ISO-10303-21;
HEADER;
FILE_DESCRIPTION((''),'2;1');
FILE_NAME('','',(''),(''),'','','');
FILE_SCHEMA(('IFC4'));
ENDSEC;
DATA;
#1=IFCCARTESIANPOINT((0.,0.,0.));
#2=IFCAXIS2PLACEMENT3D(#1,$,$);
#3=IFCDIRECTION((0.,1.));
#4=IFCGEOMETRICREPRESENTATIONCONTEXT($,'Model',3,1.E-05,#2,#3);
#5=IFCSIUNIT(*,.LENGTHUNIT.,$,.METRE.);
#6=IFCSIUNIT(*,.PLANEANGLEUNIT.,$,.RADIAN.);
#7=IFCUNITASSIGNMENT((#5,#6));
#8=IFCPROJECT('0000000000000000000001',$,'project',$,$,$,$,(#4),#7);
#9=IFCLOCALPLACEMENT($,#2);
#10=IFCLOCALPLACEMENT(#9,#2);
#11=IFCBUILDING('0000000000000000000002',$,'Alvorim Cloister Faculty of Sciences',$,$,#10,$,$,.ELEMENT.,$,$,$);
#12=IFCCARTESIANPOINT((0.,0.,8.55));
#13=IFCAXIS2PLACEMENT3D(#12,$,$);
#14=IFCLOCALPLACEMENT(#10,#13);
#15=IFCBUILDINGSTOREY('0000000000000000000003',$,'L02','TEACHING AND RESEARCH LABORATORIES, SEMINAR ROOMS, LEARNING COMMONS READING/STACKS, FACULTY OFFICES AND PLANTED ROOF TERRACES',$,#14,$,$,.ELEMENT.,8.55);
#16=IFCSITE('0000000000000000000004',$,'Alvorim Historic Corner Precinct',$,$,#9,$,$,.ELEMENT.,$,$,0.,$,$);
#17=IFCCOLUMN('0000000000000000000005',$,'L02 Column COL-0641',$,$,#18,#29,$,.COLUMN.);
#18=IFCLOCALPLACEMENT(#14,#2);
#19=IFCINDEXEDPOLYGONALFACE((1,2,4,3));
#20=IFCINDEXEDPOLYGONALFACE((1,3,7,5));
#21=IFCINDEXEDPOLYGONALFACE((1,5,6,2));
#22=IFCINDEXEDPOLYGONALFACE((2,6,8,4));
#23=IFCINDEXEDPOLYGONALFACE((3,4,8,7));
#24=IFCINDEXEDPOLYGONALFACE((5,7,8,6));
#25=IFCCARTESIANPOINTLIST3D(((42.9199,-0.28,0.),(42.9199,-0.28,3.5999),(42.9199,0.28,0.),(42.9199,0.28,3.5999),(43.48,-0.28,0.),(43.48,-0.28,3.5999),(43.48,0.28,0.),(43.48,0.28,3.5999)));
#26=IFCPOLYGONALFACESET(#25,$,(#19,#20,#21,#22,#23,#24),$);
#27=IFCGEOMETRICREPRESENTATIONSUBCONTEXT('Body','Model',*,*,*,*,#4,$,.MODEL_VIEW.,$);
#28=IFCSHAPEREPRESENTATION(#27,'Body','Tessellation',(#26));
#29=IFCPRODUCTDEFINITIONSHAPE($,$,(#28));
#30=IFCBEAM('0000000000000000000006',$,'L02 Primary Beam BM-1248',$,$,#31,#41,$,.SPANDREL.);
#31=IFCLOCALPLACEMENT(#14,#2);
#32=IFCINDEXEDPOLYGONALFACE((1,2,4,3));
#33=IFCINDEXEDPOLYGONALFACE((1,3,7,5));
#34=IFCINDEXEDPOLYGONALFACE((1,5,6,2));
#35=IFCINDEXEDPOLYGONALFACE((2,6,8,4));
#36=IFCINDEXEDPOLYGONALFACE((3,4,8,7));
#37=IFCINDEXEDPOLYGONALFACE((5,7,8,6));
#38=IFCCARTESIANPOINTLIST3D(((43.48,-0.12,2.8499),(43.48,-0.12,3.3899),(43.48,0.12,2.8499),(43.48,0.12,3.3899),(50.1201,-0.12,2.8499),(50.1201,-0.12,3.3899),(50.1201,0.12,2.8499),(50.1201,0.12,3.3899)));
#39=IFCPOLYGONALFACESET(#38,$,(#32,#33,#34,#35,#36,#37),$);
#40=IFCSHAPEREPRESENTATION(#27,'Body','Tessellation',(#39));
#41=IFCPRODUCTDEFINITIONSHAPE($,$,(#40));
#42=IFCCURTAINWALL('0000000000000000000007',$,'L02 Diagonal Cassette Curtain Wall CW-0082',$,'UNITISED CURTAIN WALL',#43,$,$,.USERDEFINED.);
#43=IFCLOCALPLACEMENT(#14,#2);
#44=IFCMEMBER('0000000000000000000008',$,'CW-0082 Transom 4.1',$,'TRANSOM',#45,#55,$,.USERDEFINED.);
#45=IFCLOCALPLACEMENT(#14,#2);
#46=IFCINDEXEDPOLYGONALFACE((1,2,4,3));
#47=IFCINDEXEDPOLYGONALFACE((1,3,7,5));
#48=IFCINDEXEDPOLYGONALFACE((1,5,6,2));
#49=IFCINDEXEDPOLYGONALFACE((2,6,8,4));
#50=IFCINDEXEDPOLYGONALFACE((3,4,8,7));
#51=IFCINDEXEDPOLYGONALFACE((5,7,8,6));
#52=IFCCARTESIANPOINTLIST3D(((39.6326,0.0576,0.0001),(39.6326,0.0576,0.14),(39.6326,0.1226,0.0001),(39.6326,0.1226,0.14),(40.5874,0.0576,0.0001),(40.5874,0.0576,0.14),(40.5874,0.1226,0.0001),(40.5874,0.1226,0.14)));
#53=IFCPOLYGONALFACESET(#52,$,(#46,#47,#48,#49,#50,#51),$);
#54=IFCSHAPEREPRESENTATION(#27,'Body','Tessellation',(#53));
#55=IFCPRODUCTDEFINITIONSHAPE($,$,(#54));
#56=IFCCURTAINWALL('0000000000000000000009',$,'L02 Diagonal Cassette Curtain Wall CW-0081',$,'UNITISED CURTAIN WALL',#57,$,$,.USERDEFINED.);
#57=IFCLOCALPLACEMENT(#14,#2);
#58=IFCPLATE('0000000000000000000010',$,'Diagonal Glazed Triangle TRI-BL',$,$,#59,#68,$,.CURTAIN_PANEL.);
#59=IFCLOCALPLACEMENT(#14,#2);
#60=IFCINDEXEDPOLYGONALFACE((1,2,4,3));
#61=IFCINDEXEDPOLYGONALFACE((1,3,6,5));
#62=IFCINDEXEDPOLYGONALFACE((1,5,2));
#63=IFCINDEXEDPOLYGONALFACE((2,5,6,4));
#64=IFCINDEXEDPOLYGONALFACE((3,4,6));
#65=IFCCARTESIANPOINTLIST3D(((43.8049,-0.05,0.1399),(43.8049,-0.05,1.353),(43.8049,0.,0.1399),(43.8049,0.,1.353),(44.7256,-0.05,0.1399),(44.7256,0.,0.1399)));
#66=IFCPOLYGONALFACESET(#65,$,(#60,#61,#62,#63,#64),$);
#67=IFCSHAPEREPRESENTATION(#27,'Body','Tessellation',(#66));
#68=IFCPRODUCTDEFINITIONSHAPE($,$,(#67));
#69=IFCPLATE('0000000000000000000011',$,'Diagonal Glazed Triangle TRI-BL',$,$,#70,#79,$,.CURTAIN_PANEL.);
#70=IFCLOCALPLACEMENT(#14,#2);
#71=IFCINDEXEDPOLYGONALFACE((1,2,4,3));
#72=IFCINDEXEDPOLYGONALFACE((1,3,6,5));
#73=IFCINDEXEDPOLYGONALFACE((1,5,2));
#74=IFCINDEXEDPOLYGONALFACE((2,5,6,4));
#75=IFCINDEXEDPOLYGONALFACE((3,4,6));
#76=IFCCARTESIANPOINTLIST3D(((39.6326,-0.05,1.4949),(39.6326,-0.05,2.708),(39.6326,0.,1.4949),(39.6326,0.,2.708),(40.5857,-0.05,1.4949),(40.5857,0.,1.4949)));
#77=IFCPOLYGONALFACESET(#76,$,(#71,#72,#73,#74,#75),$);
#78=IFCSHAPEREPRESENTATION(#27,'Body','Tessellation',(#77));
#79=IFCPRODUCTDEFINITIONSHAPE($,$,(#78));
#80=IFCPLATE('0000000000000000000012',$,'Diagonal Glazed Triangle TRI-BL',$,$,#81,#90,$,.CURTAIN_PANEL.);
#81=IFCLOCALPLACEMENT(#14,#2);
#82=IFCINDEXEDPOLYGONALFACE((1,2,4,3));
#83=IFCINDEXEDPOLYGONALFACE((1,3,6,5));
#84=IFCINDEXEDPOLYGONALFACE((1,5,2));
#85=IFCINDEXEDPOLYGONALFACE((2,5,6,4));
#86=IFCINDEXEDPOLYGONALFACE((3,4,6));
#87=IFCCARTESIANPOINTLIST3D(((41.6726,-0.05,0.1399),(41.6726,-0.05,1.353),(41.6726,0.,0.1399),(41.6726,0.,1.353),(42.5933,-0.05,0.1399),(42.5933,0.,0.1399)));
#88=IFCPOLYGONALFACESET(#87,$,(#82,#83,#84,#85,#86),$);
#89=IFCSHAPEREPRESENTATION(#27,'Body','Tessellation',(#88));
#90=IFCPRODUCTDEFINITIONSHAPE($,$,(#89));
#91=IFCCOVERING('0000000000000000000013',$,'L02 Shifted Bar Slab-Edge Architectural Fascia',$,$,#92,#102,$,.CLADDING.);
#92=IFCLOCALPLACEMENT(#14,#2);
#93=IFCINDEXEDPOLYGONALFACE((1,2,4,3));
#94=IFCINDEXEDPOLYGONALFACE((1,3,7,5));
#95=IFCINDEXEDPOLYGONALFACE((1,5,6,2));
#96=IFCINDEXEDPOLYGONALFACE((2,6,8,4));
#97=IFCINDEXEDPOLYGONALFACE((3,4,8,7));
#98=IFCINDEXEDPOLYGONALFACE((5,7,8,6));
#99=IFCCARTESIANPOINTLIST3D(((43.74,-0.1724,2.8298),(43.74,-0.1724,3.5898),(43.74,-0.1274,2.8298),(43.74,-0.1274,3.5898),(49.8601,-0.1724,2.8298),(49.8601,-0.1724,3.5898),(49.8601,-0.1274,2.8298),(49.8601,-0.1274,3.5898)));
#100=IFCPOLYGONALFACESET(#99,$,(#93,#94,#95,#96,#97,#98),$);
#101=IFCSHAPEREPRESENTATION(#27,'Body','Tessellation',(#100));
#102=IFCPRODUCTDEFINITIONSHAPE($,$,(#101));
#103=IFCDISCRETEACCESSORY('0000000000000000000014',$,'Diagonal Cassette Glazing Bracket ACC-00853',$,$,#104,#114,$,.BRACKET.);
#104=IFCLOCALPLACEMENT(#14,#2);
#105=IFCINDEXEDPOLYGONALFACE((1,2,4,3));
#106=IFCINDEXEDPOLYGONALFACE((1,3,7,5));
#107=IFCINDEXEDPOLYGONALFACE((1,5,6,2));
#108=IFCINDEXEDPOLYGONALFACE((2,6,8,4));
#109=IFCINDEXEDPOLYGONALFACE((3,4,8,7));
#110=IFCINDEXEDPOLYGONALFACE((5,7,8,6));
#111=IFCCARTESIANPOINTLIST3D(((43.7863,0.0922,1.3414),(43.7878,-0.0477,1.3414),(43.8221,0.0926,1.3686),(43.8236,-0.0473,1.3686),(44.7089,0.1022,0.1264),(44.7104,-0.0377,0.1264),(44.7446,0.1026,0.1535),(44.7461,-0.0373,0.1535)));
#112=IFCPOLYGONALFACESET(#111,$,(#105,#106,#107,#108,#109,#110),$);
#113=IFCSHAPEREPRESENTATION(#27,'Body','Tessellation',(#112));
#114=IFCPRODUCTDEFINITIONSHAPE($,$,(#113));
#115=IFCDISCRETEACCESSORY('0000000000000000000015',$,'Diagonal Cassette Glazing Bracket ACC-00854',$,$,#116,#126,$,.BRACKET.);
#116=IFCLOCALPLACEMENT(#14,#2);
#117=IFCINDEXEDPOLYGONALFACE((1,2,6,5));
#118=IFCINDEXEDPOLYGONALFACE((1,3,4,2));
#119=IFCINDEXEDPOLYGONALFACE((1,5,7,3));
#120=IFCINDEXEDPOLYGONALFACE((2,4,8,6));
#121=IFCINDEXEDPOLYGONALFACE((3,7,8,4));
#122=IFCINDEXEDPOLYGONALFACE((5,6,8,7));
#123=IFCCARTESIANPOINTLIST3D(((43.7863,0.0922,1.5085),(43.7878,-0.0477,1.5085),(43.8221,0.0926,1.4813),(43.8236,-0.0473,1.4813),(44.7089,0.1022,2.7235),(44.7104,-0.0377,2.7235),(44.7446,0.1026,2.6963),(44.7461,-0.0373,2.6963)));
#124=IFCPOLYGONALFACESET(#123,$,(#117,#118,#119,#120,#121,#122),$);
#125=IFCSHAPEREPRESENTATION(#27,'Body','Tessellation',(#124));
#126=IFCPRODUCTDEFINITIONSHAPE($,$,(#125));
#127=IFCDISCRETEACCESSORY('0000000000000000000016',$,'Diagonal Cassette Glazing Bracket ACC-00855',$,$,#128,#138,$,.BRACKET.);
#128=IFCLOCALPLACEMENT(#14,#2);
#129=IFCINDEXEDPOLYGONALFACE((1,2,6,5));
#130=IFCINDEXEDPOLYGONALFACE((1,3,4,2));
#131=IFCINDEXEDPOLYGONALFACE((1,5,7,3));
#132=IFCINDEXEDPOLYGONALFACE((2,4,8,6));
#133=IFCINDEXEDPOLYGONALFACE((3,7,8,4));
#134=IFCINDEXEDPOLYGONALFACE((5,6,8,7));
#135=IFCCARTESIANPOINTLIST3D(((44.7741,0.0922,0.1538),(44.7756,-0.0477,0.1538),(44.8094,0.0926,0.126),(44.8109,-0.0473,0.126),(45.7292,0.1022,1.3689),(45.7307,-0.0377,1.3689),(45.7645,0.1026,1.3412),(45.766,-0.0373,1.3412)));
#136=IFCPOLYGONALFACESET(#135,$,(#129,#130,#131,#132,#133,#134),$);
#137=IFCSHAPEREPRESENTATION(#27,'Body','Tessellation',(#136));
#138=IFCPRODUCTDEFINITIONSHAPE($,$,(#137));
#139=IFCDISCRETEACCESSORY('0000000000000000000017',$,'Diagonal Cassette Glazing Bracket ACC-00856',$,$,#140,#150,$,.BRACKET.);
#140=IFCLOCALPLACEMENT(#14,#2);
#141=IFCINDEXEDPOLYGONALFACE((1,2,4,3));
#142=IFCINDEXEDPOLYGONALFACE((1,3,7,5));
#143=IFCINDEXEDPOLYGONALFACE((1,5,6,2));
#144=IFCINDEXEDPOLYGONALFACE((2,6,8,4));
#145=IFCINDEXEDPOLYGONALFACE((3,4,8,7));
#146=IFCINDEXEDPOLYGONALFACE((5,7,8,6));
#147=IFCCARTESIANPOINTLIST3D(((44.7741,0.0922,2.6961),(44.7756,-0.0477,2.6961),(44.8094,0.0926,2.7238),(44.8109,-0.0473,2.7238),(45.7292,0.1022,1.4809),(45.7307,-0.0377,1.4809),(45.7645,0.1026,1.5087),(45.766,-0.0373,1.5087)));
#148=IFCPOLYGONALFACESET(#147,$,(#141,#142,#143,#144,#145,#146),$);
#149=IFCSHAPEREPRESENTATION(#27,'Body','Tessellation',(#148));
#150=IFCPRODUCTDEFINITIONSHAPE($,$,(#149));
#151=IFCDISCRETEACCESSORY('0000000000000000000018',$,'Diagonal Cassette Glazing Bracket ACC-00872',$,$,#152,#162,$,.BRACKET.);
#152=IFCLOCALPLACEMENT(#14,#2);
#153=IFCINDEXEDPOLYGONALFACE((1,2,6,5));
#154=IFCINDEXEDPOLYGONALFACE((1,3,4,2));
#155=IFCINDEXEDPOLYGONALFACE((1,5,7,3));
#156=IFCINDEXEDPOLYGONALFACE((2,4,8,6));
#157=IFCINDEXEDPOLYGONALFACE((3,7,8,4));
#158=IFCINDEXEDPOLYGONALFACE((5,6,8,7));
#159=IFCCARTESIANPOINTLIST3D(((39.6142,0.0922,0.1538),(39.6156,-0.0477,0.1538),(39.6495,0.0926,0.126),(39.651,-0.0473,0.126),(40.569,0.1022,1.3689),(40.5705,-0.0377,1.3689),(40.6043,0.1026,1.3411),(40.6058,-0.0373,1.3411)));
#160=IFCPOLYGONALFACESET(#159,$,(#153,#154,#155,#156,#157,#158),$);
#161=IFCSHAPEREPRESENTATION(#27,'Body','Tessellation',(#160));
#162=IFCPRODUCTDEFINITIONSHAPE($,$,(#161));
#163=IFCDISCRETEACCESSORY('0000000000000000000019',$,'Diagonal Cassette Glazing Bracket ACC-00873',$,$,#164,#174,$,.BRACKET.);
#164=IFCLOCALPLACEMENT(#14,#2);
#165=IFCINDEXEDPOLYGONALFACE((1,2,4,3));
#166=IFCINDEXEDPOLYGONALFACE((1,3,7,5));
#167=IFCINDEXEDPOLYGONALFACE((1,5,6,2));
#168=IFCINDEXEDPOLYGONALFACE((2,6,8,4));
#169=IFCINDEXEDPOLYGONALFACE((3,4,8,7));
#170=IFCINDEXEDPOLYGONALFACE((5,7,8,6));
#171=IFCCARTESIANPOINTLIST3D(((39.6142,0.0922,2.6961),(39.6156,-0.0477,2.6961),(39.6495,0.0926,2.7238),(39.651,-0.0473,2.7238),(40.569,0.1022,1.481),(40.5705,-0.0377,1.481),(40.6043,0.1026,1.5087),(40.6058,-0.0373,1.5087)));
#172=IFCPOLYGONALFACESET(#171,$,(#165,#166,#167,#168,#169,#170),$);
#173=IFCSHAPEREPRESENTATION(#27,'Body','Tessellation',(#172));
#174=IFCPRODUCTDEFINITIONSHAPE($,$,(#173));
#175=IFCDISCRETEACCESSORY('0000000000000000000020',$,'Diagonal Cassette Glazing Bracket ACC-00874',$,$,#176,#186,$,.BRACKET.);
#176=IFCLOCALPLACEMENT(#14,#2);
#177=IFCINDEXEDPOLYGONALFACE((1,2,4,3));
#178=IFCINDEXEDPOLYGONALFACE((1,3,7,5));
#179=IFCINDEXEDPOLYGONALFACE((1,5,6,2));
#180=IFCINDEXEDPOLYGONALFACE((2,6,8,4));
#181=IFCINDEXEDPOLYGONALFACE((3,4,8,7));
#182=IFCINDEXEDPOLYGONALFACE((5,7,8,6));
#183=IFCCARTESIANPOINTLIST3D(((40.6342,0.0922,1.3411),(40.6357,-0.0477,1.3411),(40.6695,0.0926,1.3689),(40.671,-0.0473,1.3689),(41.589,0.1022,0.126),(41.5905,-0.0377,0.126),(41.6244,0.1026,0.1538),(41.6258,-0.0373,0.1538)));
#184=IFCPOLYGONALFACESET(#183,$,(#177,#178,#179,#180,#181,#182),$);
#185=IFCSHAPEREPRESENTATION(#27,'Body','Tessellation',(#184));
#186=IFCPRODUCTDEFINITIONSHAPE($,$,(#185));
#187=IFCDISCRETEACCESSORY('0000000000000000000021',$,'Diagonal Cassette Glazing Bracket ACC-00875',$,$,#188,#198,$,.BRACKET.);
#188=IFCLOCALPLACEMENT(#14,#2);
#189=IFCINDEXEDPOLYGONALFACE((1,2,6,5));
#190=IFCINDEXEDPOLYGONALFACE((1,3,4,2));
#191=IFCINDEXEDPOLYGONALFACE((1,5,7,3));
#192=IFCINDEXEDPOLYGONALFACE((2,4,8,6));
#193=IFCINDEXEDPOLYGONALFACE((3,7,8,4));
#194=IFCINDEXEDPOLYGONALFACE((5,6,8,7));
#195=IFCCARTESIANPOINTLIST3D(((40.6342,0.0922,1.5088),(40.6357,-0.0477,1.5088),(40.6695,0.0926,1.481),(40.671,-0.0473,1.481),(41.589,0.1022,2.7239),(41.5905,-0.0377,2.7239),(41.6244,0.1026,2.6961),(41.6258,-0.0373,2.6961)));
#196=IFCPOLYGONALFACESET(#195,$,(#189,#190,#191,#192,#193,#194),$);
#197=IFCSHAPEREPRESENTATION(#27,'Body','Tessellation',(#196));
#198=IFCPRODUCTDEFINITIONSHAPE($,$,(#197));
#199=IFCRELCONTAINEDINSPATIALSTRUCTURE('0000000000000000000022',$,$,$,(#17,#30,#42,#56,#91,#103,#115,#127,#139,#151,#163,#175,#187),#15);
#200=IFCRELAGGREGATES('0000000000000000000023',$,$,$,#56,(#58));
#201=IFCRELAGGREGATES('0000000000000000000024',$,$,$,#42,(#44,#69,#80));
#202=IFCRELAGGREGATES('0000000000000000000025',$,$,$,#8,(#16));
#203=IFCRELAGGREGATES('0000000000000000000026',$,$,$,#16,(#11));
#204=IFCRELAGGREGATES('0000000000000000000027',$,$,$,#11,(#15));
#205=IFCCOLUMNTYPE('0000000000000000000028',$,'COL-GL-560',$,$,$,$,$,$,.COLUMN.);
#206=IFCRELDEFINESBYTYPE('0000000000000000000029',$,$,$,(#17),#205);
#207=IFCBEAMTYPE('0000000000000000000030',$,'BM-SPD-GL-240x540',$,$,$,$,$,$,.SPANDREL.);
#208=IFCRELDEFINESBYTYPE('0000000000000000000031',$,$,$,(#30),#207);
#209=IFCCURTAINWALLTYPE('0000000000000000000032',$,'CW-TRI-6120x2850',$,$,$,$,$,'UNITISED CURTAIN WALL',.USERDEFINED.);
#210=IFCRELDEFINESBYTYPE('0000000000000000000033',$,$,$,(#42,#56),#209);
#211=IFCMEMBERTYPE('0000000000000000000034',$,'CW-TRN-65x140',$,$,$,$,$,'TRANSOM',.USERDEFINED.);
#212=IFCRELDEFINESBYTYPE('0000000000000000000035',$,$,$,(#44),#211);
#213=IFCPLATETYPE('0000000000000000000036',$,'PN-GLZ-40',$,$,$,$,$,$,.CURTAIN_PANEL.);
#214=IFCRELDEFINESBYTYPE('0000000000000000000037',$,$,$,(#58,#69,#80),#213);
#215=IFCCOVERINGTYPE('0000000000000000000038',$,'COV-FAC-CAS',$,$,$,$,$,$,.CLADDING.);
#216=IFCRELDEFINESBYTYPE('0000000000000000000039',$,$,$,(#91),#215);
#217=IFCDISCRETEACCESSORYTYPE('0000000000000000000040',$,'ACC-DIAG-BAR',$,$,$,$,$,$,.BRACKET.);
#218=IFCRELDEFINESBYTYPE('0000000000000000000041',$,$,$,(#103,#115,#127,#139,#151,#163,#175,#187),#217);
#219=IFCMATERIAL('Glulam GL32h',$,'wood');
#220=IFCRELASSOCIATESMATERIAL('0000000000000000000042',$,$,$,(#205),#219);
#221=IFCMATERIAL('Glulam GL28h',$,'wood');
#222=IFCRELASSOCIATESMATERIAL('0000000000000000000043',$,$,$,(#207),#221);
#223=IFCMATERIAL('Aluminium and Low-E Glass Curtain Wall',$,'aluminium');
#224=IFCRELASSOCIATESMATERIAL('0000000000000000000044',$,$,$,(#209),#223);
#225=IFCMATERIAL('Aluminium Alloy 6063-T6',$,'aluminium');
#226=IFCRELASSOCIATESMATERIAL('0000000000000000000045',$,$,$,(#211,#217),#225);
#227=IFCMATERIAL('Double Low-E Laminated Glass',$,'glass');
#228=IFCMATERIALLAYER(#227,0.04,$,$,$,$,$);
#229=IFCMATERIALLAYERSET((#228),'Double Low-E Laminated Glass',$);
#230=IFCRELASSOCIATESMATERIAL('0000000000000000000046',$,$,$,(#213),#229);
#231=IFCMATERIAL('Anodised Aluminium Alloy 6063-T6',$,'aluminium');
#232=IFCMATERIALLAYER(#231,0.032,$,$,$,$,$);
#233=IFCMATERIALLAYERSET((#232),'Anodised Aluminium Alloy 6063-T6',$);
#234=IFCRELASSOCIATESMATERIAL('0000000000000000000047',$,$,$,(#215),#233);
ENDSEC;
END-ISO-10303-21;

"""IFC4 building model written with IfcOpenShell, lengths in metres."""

from ifc_helpers import new_model, si_unit, direction, frame, origin, origin_2d, place, context, subcontext, project, spatial, polyline, rectangle, outline, extrude, material, layer, layer_set, material_profile, profile_set, type_object, element, aggregate, save


model = new_model("IFC4")

# Units and contexts
model_context = context("Model", 3, precision=1e-05, world=origin(), true_north=direction((0.0, 1.0)))
body_context = subcontext(model_context, "Body", "Model", "MODEL_VIEW")
ifc_project = project(units=[si_unit("LENGTHUNIT", "METRE"), si_unit("PLANEANGLEUNIT", "RADIAN")], contexts=[model_context])

# Site, building, storey
site_placement = place(None, origin())
site = spatial("IfcSite", under=ifc_project, at=site_placement, Name="Alvorim Historic Corner Precinct", CompositionType="ELEMENT", RefElevation=0.0)
building_placement = place(site_placement, origin())
building = spatial("IfcBuilding", under=site, at=building_placement, Name="Alvorim Cloister Faculty of Sciences", CompositionType="ELEMENT")
storey_placement = place(building_placement, frame((0.0, 0.0, 8.55)))
storey = spatial("IfcBuildingStorey", under=building, at=storey_placement, Name="L02", Description="TEACHING AND RESEARCH LABORATORIES, SEMINAR ROOMS, LEARNING COMMONS READING/STACKS, FACULTY OFFICES AND PLANTED ROOF TERRACES", CompositionType="ELEMENT", Elevation=8.55)

# Column
ifc_material_1 = material(Name="Glulam GL32h", Category="wood")
ifc_material_profile_1 = material_profile(ifc_material_1, rectangle(XDim=0.5601, YDim=0.5601, at=origin_2d()), Name="GL32-COL-560x560")
ifc_profile_set_1 = profile_set([ifc_material_profile_1], Name="Glulam GL32h")
column_type = type_object("IfcColumnType", Name="COL-GL-560", PredefinedType="COLUMN", material=ifc_profile_set_1)
column_placement = place(storey_placement, frame((43.2, 0.0, 0.0), z_axis=(0.0, 0.0, 1.0), x_axis=(1.0, 0.0, 0.0)))
element("IfcColumn", 1, at=column_placement, inside=storey, type_object=column_type, Name="L02 Column COL-0641", PredefinedType="COLUMN", context=body_context, shape_type="SweptSolid", body=[
    extrude(rectangle(XDim=0.5601, YDim=0.5601, at=origin_2d()), origin(), (0.0, 0.0, 1.0), 3.5999),
])

# Beam
ifc_material_2 = material(Name="Glulam GL28h", Category="wood")
ifc_material_profile_2 = material_profile(ifc_material_2, rectangle(XDim=0.24, YDim=0.54, at=origin_2d()), Name="GL28-SPD-240x540")
ifc_profile_set_2 = profile_set([ifc_material_profile_2], Name="Glulam GL28h")
beam_type = type_object("IfcBeamType", Name="BM-SPD-GL-240x540", PredefinedType="SPANDREL", material=ifc_profile_set_2)
beam_placement = place(storey_placement, frame((43.48, 0.0, 3.1199), z_axis=(1.0, 0.0, 0.0), x_axis=(0.0, 1.0, 0.0)))
element("IfcBeam", 2, at=beam_placement, inside=storey, type_object=beam_type, Name="L02 Primary Beam BM-1248", PredefinedType="SPANDREL", context=body_context, shape_type="SweptSolid", body=[
    extrude(rectangle(XDim=0.24, YDim=0.54, at=origin_2d()), origin(), (0.0, 0.0, 1.0), 6.6401),
])

# Curtain wall, member
ifc_material_3 = material(Name="Aluminium and Low-E Glass Curtain Wall", Category="aluminium")
curtain_wall_type = type_object("IfcCurtainWallType", Name="CW-TRI-6120x2850", ElementType="UNITISED CURTAIN WALL", PredefinedType="USERDEFINED", material=ifc_material_3)
curtain_wall_1_placement = place(storey_placement, origin())
curtain_wall_1 = element("IfcCurtainWall", 3, at=curtain_wall_1_placement, inside=storey, type_object=curtain_wall_type, Name="L02 Diagonal Cassette Curtain Wall CW-0082", ObjectType="UNITISED CURTAIN WALL", PredefinedType="USERDEFINED")
ifc_material_4 = material(Name="Aluminium Alloy 6063-T6", Category="aluminium")
ifc_material_profile_3 = material_profile(ifc_material_4, rectangle(XDim=0.0649, YDim=0.1399, at=origin_2d()), Name="ALU-TRN-65x140")
ifc_profile_set_3 = profile_set([ifc_material_profile_3], Name="Aluminium Alloy 6063-T6")
member_type = type_object("IfcMemberType", Name="CW-TRN-65x140", ElementType="TRANSOM", PredefinedType="USERDEFINED", material=ifc_profile_set_3)
member_placement = place(storey_placement, frame((39.6326, 0.0901, 0.0701), z_axis=(1.0, 0.0, 0.0), x_axis=(0.0, 1.0, 0.0)))
member = element("IfcMember", 4, at=member_placement, type_object=member_type, Name="CW-0082 Transom 4.1", ObjectType="TRANSOM", PredefinedType="USERDEFINED", context=body_context, shape_type="SweptSolid", body=[
    extrude(rectangle(XDim=0.0649, YDim=0.1399, at=origin_2d()), origin(), (0.0, 0.0, 1.0), 0.9548),
])

# Curtain wall, plate
curtain_wall_2_placement = place(storey_placement, origin())
curtain_wall_2 = element("IfcCurtainWall", 5, at=curtain_wall_2_placement, inside=storey, type_object=curtain_wall_type, Name="L02 Diagonal Cassette Curtain Wall CW-0081", ObjectType="UNITISED CURTAIN WALL", PredefinedType="USERDEFINED")
ifc_material_5 = material(Name="Double Low-E Laminated Glass", Category="glass")
ifc_layer_1 = layer(ifc_material_5, 0.04)
ifc_layer_set_1 = layer_set([ifc_layer_1], Name="Double Low-E Laminated Glass")
plate_type = type_object("IfcPlateType", Name="PN-GLZ-40", PredefinedType="CURTAIN_PANEL", material=ifc_layer_set_1)
plate_1_placement = place(storey_placement, frame((43.8049, -0.0249, 0.1399), z_axis=(0.0, 0.0, 1.0), x_axis=(1.0, 0.0, 0.0)))
plate_1 = element("IfcPlate", 6, at=plate_1_placement, type_object=plate_type, Name="Diagonal Glazed Triangle TRI-BL", PredefinedType="CURTAIN_PANEL", context=body_context, shape_type="SweptSolid", body=[
    extrude(outline(polyline([(0.0, 0.0), (0.9207, 0.0), (0.0, 1.2131), (0.0, 0.0)])), frame((0.0, 0.0249, 0.0), z_axis=(0.0, -1.0, 0.0), x_axis=(1.0, 0.0, 0.0)), (0.0, 0.0, 1.0), 0.05),
])
aggregate(curtain_wall_2, [plate_1])

# Plates
plate_2_placement = place(storey_placement, frame((39.6326, -0.0249, 1.4949), z_axis=(0.0, 0.0, 1.0), x_axis=(1.0, 0.0, 0.0)))
plate_2 = element("IfcPlate", 7, at=plate_2_placement, type_object=plate_type, Name="Diagonal Glazed Triangle TRI-BL", PredefinedType="CURTAIN_PANEL", context=body_context, shape_type="SweptSolid", body=[
    extrude(outline(polyline([(0.0, 0.0), (0.9531, 0.0), (0.0, 1.2131), (0.0, 0.0)])), frame((0.0, 0.0249, 0.0), z_axis=(0.0, -1.0, 0.0), x_axis=(1.0, 0.0, 0.0)), (0.0, 0.0, 1.0), 0.05),
])
plate_3_placement = place(storey_placement, frame((41.6726, -0.0249, 0.1399), z_axis=(0.0, 0.0, 1.0), x_axis=(1.0, 0.0, 0.0)))
plate_3 = element("IfcPlate", 8, at=plate_3_placement, type_object=plate_type, Name="Diagonal Glazed Triangle TRI-BL", PredefinedType="CURTAIN_PANEL", context=body_context, shape_type="SweptSolid", body=[
    extrude(outline(polyline([(0.0, 0.0), (0.9207, 0.0), (0.0, 1.2131), (0.0, 0.0)])), frame((0.0, 0.0249, 0.0), z_axis=(0.0, -1.0, 0.0), x_axis=(1.0, 0.0, 0.0)), (0.0, 0.0, 1.0), 0.05),
])
aggregate(curtain_wall_1, [member, plate_2, plate_3])

# Covering
ifc_material_6 = material(Name="Anodised Aluminium Alloy 6063-T6", Category="aluminium")
ifc_layer_2 = layer(ifc_material_6, 0.032)
ifc_layer_set_2 = layer_set([ifc_layer_2], Name="Anodised Aluminium Alloy 6063-T6")
covering_type = type_object("IfcCoveringType", Name="COV-FAC-CAS", PredefinedType="CLADDING", material=ifc_layer_set_2)
covering_placement = place(storey_placement, frame((43.74, -0.1499, 2.8298), z_axis=(0.0, 0.0, 1.0), x_axis=(1.0, 0.0, 0.0)))
element("IfcCovering", 9, at=covering_placement, inside=storey, type_object=covering_type, Name="L02 Shifted Bar Slab-Edge Architectural Fascia", PredefinedType="CLADDING", context=body_context, shape_type="SweptSolid", body=[
    extrude(outline(polyline([(0.0, 0.0), (6.1201, 0.0), (6.1201, 0.76), (0.0, 0.76), (0.0, 0.0)])), frame((0.0, 0.0225, 0.0), z_axis=(0.0, -1.0, 0.0), x_axis=(1.0, 0.0, 0.0)), (0.0, 0.0, 1.0), 0.0449),
])

# Discrete accessories
discrete_accessory_type = type_object("IfcDiscreteAccessoryType", Name="ACC-DIAG-BAR", PredefinedType="BRACKET", material=ifc_material_4)
for number, where, z_axis, x_axis, name in (
    (10, (43.8049, 0.0225, 1.355), (0.604713, 0.006561, -0.796416), (-0.010849, 0.999941, 0.0), "Diagonal Cassette Glazing Bracket ACC-00853"),
    (11, (43.8049, 0.0225, 1.4949), (0.604713, 0.006561, 0.796416), (-0.010849, 0.999941, 0.0), "Diagonal Cassette Glazing Bracket ACC-00854"),
):
    element("IfcDiscreteAccessory", number, at=place(storey_placement, frame(where, z_axis=z_axis, x_axis=x_axis)), inside=storey, type_object=discrete_accessory_type, Name=name, PredefinedType="BRACKET", context=body_context, shape_type="SweptSolid", body=[
        extrude(rectangle(XDim=0.1399, YDim=0.0449, at=origin_2d()), origin(), (0.0, 0.0, 1.0), 1.5256),
    ])
for number, where, z_axis, x_axis, name in (
    (12, (44.7925, 0.0225, 0.1399), (0.617955, 0.006477, 0.786187), (-0.01048, 0.999945, 0.0), "Diagonal Cassette Glazing Bracket ACC-00855"),
    (13, (44.7925, 0.0225, 2.71), (0.617955, 0.006477, -0.786187), (-0.01048, 0.999945, 0.0), "Diagonal Cassette Glazing Bracket ACC-00856"),
):
    element("IfcDiscreteAccessory", number, at=place(storey_placement, frame(where, z_axis=z_axis, x_axis=x_axis)), inside=storey, type_object=discrete_accessory_type, Name=name, PredefinedType="BRACKET", context=body_context, shape_type="SweptSolid", body=[
        extrude(rectangle(XDim=0.1399, YDim=0.0449, at=origin_2d()), origin(), (0.0, 0.0, 1.0), 1.5457),
    ])
for number, where, z_axis, x_axis, name in (
    (14, (39.6326, 0.0225, 0.1399), (0.617857, 0.006477, 0.786263), (-0.010483, 0.999945, 0.0), "Diagonal Cassette Glazing Bracket ACC-00872"),
    (15, (39.6326, 0.0225, 2.71), (0.617857, 0.006477, -0.786263), (-0.010483, 0.999945, 0.0), "Diagonal Cassette Glazing Bracket ACC-00873"),
    (16, (40.6526, 0.0225, 1.355), (0.617857, 0.006477, -0.786263), (-0.010483, 0.999945, 0.0), "Diagonal Cassette Glazing Bracket ACC-00874"),
    (17, (40.6526, 0.0225, 1.4949), (0.617857, 0.006477, 0.786263), (-0.010483, 0.999945, 0.0), "Diagonal Cassette Glazing Bracket ACC-00875"),
):
    element("IfcDiscreteAccessory", number, at=place(storey_placement, frame(where, z_axis=z_axis, x_axis=x_axis)), inside=storey, type_object=discrete_accessory_type, Name=name, PredefinedType="BRACKET", context=body_context, shape_type="SweptSolid", body=[
        extrude(rectangle(XDim=0.1399, YDim=0.0449, at=origin_2d()), origin(), (0.0, 0.0, 1.0), 1.5454),
    ])

save(model, "model.ifc")
